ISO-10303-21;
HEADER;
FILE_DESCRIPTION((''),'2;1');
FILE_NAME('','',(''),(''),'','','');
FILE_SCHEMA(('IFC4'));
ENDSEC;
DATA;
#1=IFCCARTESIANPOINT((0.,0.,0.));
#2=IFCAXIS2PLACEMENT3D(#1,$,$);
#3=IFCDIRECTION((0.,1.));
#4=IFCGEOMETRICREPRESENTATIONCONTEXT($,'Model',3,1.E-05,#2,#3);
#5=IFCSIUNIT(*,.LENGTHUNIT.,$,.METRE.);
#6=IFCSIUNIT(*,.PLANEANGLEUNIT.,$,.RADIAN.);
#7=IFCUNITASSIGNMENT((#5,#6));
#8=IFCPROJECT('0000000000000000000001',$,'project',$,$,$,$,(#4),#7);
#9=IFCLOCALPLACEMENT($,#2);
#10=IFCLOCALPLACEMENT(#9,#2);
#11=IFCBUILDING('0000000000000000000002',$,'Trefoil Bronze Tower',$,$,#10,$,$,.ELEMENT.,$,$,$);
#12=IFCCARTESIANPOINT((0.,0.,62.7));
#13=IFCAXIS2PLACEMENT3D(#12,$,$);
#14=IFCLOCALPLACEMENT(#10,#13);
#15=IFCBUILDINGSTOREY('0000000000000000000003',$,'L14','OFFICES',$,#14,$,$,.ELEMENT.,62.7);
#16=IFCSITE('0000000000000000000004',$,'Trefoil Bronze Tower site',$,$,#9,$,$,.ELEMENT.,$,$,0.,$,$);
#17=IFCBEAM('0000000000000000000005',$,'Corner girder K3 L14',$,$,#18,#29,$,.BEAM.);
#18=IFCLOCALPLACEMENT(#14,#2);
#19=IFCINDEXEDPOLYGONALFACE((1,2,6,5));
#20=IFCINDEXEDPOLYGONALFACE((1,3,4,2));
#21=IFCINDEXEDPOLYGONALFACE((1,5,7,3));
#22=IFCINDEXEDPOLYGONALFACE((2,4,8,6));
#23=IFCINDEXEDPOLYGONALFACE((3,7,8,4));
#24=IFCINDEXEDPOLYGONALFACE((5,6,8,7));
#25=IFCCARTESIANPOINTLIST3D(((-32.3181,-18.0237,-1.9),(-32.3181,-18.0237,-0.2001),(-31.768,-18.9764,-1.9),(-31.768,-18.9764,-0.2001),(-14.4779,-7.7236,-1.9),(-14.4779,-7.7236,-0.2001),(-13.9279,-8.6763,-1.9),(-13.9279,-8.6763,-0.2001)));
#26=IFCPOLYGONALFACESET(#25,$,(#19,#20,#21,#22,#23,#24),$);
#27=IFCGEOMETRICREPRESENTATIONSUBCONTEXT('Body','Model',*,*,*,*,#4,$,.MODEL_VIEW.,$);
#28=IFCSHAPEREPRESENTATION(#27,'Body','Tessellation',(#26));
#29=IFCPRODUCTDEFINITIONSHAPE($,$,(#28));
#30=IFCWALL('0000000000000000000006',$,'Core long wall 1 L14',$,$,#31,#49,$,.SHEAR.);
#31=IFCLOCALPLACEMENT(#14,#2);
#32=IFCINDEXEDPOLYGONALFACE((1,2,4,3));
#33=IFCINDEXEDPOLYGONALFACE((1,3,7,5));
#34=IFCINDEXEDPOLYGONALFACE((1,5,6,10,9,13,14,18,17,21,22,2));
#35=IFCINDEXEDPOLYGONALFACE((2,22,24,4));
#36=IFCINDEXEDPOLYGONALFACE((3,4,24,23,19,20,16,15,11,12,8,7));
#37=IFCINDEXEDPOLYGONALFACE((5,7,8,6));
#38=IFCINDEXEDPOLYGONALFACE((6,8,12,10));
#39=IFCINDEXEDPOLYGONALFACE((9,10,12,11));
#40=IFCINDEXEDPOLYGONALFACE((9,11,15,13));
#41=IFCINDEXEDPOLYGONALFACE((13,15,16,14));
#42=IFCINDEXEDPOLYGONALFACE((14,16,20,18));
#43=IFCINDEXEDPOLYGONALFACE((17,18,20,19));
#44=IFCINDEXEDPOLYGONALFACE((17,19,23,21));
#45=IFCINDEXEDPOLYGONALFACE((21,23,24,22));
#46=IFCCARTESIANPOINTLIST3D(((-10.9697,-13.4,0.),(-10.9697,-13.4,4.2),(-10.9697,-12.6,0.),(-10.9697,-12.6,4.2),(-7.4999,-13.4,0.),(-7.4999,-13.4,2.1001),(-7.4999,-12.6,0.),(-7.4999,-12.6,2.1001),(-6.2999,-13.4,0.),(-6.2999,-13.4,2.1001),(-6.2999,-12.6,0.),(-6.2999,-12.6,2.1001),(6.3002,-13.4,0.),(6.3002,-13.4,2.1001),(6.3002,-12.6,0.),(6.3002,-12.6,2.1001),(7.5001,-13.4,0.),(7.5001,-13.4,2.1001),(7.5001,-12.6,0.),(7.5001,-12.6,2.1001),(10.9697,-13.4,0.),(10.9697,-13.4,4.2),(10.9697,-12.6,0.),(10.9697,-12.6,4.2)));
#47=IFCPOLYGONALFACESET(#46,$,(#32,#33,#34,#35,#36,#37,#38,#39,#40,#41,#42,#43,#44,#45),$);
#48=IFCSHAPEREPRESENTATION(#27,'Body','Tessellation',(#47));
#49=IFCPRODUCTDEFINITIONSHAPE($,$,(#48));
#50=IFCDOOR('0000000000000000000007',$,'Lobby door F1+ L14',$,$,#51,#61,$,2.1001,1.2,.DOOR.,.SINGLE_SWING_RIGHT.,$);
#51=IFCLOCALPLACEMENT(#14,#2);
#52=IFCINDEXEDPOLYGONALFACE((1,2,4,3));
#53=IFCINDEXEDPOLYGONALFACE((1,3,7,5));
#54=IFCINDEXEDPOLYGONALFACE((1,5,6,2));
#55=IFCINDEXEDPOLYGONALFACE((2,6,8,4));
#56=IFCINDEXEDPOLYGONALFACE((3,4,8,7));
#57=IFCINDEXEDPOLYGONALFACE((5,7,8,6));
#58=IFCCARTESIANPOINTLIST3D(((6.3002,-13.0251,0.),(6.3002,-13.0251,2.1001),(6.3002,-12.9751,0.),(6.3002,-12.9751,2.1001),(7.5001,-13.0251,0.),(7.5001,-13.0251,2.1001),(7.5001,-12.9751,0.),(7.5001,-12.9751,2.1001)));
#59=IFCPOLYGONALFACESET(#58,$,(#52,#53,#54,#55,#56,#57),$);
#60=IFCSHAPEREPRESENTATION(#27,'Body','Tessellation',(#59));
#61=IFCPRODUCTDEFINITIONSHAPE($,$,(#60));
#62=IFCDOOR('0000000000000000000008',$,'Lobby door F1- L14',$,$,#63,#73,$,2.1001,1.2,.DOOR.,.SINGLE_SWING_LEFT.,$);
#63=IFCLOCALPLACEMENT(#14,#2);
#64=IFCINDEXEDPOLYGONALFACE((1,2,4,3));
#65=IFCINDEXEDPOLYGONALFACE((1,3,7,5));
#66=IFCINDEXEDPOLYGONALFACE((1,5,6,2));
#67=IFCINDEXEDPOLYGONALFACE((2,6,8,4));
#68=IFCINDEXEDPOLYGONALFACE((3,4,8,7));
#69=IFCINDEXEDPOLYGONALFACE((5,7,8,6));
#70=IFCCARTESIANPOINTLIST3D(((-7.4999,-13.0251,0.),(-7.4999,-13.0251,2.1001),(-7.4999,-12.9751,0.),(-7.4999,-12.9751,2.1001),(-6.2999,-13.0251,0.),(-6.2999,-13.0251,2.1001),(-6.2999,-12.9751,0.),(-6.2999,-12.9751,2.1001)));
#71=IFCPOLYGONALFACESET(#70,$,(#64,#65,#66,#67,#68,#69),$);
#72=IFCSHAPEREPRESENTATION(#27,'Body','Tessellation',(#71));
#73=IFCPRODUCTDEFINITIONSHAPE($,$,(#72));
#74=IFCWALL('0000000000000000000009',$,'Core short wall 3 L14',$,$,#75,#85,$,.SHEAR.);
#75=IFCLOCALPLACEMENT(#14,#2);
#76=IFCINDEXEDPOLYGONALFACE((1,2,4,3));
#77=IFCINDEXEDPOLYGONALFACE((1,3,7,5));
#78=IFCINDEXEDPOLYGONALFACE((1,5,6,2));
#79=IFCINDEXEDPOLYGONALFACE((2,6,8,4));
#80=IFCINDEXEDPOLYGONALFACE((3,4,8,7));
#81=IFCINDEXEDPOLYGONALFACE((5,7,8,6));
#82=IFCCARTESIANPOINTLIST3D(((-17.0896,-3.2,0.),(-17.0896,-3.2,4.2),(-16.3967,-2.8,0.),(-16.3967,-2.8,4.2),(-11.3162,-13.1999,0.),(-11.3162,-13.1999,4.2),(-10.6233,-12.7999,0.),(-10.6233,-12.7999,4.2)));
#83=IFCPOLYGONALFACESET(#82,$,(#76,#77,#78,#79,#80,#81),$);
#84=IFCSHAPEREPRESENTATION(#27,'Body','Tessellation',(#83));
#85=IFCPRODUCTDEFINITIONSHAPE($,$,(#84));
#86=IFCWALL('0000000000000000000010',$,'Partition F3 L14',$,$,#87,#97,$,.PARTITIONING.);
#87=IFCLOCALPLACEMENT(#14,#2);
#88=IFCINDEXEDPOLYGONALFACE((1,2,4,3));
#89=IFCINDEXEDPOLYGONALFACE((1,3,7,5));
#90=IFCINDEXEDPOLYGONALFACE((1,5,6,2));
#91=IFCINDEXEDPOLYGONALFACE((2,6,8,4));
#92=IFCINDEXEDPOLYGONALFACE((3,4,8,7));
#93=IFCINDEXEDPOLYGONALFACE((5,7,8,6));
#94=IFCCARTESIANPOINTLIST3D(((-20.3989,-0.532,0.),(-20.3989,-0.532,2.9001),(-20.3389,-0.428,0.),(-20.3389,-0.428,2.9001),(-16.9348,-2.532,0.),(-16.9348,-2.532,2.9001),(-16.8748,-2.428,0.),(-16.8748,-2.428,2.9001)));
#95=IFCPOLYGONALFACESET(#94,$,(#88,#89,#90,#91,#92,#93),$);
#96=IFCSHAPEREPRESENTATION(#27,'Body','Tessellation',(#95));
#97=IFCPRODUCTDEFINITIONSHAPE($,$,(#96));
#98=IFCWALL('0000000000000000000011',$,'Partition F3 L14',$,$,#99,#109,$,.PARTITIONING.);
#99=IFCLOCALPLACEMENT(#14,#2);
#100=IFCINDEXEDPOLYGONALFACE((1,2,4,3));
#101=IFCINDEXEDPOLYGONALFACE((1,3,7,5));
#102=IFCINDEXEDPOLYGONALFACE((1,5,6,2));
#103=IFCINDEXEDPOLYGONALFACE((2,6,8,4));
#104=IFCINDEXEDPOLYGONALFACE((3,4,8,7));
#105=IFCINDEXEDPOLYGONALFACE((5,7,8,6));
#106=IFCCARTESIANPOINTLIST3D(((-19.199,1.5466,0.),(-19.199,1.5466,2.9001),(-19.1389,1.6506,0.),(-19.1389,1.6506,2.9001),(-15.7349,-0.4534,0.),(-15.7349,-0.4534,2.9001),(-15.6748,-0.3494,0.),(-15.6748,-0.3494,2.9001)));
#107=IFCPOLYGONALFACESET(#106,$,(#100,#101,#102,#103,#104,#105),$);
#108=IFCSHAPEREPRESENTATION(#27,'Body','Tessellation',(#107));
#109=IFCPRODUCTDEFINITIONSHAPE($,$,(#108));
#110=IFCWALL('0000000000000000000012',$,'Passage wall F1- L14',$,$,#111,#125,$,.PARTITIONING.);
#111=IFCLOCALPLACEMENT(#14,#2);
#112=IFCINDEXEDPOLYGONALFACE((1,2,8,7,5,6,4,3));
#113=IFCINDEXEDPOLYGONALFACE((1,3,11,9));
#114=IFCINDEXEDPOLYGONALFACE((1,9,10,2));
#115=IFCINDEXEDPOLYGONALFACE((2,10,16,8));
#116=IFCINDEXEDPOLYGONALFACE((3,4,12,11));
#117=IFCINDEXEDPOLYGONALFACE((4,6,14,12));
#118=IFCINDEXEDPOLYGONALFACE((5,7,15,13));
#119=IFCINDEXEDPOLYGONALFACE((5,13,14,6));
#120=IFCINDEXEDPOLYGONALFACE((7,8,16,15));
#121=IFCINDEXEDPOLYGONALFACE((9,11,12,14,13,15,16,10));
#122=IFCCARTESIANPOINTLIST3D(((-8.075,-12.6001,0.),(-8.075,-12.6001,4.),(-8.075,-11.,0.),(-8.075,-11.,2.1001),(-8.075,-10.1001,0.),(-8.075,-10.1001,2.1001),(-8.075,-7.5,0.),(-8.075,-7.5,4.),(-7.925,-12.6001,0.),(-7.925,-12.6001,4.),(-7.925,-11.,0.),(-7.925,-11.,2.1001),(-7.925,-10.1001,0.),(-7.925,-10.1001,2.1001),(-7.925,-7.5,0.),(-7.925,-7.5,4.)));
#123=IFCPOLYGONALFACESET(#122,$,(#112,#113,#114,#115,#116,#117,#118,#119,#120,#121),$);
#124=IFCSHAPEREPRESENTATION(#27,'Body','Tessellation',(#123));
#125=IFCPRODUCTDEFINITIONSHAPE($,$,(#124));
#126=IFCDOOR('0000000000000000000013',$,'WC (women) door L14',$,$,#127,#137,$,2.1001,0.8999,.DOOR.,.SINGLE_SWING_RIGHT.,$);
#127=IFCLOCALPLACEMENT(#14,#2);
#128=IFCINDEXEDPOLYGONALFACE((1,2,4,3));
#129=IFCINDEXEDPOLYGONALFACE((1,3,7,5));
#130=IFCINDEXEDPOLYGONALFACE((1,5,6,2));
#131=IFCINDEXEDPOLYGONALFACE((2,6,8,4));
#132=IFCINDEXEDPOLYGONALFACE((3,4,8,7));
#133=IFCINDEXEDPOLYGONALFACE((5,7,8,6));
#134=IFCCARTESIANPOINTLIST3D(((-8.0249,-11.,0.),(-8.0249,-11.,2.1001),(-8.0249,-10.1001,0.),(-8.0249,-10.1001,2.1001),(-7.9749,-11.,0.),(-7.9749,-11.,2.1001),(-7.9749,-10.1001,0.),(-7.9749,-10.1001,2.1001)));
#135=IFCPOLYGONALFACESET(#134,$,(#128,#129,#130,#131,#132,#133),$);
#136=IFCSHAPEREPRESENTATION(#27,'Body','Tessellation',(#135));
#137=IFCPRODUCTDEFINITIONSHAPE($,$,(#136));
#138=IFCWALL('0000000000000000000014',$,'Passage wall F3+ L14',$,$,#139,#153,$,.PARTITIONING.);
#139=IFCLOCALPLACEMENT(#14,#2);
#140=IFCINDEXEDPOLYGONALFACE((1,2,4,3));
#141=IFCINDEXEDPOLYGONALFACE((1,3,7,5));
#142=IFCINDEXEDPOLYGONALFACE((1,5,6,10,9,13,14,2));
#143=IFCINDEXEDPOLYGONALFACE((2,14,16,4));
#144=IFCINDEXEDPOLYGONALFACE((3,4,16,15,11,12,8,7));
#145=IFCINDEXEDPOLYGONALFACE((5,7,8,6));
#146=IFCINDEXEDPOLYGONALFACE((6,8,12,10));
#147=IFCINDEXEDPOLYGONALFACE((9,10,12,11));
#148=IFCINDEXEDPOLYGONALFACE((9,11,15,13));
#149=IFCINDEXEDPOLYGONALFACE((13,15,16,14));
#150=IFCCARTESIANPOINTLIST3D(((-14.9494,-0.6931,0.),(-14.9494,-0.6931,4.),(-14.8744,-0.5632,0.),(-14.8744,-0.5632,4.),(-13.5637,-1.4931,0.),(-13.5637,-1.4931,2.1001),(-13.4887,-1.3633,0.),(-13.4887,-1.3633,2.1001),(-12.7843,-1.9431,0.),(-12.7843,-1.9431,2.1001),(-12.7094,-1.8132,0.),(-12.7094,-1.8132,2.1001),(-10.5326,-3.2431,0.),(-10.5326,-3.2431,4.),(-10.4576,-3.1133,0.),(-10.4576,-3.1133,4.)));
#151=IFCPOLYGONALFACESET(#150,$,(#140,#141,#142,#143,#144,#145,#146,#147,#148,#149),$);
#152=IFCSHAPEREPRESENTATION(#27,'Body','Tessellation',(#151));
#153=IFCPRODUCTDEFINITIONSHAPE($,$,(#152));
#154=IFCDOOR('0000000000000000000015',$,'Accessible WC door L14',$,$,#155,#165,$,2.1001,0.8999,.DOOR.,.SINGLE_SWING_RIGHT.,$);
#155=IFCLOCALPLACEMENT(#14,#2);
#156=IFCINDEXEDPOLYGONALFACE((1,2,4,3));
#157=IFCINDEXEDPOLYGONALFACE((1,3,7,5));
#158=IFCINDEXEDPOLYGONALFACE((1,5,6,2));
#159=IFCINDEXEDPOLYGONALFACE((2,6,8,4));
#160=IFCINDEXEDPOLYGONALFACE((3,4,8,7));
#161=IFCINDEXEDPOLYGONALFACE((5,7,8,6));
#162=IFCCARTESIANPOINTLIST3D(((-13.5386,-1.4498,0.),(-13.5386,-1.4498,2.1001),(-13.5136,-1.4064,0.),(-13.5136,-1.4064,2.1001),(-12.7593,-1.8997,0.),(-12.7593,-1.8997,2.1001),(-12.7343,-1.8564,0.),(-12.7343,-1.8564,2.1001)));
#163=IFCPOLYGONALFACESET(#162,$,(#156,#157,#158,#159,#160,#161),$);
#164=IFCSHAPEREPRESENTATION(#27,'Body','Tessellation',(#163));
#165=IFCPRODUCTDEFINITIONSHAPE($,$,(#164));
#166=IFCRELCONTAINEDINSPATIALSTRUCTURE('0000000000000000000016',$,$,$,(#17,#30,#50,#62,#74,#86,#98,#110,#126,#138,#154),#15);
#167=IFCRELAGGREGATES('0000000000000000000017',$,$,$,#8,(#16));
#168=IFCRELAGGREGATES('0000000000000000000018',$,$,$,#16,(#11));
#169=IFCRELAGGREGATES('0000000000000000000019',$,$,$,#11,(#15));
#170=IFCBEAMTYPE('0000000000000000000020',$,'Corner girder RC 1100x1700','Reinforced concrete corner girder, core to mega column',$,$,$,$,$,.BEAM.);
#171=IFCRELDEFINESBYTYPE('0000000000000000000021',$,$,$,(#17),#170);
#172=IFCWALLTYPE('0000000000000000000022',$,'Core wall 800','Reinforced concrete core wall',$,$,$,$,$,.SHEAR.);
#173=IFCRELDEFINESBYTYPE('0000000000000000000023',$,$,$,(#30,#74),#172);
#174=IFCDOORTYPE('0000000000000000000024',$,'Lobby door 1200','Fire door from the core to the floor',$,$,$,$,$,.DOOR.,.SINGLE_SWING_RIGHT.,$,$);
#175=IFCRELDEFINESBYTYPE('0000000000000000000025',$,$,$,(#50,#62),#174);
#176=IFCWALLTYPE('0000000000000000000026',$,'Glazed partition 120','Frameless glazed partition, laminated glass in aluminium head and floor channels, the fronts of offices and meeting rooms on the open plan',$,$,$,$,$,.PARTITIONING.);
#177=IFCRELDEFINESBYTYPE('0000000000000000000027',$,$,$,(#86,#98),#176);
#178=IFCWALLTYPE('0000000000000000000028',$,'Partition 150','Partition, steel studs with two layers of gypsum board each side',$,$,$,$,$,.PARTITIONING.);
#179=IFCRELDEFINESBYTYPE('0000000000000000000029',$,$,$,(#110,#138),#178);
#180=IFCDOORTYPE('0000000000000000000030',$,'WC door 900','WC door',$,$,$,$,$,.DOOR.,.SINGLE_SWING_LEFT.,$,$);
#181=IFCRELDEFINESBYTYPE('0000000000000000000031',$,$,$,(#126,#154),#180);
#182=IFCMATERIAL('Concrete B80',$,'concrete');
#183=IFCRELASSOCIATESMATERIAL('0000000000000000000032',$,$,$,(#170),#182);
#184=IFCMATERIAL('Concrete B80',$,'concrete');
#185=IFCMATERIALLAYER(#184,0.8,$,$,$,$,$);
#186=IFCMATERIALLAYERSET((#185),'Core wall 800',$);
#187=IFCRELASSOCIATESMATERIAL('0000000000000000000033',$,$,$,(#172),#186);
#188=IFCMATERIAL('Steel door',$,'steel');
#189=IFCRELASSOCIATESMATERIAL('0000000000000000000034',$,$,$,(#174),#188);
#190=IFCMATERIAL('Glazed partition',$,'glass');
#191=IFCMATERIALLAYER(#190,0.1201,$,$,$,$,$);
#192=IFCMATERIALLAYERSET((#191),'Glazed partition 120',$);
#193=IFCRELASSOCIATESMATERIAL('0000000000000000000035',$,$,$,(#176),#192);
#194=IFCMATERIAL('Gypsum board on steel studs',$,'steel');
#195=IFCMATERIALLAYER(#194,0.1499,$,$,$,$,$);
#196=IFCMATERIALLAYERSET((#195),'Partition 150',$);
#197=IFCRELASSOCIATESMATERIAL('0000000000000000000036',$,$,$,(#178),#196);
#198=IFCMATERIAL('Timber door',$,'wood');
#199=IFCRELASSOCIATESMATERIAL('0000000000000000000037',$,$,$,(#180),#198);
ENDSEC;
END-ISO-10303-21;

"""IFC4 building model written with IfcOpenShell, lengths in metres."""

from ifc_helpers import new_model, si_unit, direction, frame, frame_2d, origin, origin_2d, place, context, subcontext, project, spatial, rectangle, extrude, material, layer, layer_set, material_profile, profile_set, type_object, element, fill, save


model = new_model("IFC4")

# Units and contexts
model_context = context("Model", 3, precision=1e-05, world=origin(), true_north=direction((0.0, 1.0)))
body_context = subcontext(model_context, "Body", "Model", "MODEL_VIEW")
ifc_project = project(units=[si_unit("LENGTHUNIT", "METRE"), si_unit("PLANEANGLEUNIT", "RADIAN")], contexts=[model_context])

# Site, building, storey
site_placement = place(None, origin())
site = spatial("IfcSite", under=ifc_project, at=site_placement, Name="Trefoil Bronze Tower site", CompositionType="ELEMENT", RefElevation=0.0)
building_placement = place(site_placement, origin())
building = spatial("IfcBuilding", under=site, at=building_placement, Name="Trefoil Bronze Tower", CompositionType="ELEMENT")
storey_placement = place(building_placement, frame((0.0, 0.0, 62.7)))
storey = spatial("IfcBuildingStorey", under=building, at=storey_placement, Name="L14", Description="OFFICES", CompositionType="ELEMENT", Elevation=62.7)

# Beam
ifc_material_1 = material(Name="Concrete B80", Category="concrete")
ifc_material_profile_1 = material_profile(ifc_material_1, rectangle(XDim=1.1001, YDim=1.7, at=origin_2d()), Name="RC 1100x1700")
ifc_profile_set_1 = profile_set([ifc_material_profile_1], Name="Concrete B80")
beam_type_1 = type_object("IfcBeamType", Name="Corner girder RC 1100x1700", Description="Reinforced concrete corner girder, core to mega column", PredefinedType="BEAM", material=ifc_profile_set_1)
beam_placement = place(storey_placement, frame((-14.2029, -8.2, -1.05), z_axis=(-0.866024, -0.500003, 0.0), x_axis=(0.500003, -0.866024, 0.0)))
element("IfcBeam", 1, at=beam_placement, inside=storey, type_object=beam_type_1, Name="Corner girder K3 L14", PredefinedType="BEAM", context=body_context, shape_type="SweptSolid", body=[
    extrude(rectangle(XDim=1.1001, YDim=1.7, at=origin_2d()), origin(), (0.0, 0.0, 1.0), 20.6001),
])

# Wall, openings, doors
ifc_material_2 = material(Name="Concrete B80", Category="concrete")
ifc_layer_1 = layer(ifc_material_2, 0.8)
ifc_layer_set_1 = layer_set([ifc_layer_1], Name="Core wall 800")
wall_type_1 = type_object("IfcWallType", Name="Core wall 800", Description="Reinforced concrete core wall", PredefinedType="SHEAR", material=ifc_layer_set_1)
wall_1_placement = place(storey_placement, frame((-10.9697, -13.0, 0.0), z_axis=(0.0, 0.0, 1.0), x_axis=(1.0, 0.0, 0.0)))
wall_1 = element("IfcWall", 2, at=wall_1_placement, inside=storey, type_object=wall_type_1, Name="Core long wall 1 L14", PredefinedType="SHEAR", context=body_context, shape_type="SweptSolid", body=[
    extrude(rectangle(XDim=21.9395, YDim=0.8, at=frame_2d((10.9697, 0.0))), origin(), (0.0, 0.0, 1.0), 4.2),
])
opening_1_placement = place(wall_1_placement, frame((17.2698, 0.0, 0.0)))
opening_1 = element("IfcOpeningElement", 3, at=opening_1_placement, cuts=wall_1, PredefinedType="OPENING", context=body_context, shape_type="SweptSolid", body=[
    extrude(rectangle(XDim=1.2, YDim=2.1001, at=frame_2d((0.6001, 1.05))), frame((0.0, 0.4099, 0.0), z_axis=(0.0, -1.0, 0.0), x_axis=(1.0, 0.0, 0.0)), (0.0, 0.0, 1.0), 0.8201),
])
opening_2_placement = place(wall_1_placement, frame((3.4697, 0.0, 0.0)))
opening_2 = element("IfcOpeningElement", 4, at=opening_2_placement, cuts=wall_1, PredefinedType="OPENING", context=body_context, shape_type="SweptSolid", body=[
    extrude(rectangle(XDim=1.2, YDim=2.1001, at=frame_2d((0.6001, 1.05))), frame((0.0, 0.4099, 0.0), z_axis=(0.0, -1.0, 0.0), x_axis=(1.0, 0.0, 0.0)), (0.0, 0.0, 1.0), 0.8201),
])
ifc_material_3 = material(Name="Steel door", Category="steel")
door_type_1 = type_object("IfcDoorType", Name="Lobby door 1200", Description="Fire door from the core to the floor", OperationType="SINGLE_SWING_RIGHT", PredefinedType="DOOR", material=ifc_material_3)
door_1_placement = place(opening_1_placement, origin())
door_1 = element("IfcDoor", 5, at=door_1_placement, inside=storey, type_object=door_type_1, Name="Lobby door F1+ L14", OperationType="SINGLE_SWING_RIGHT", OverallHeight=2.1001, OverallWidth=1.2, PredefinedType="DOOR", context=body_context, shape_type="SweptSolid", body=[
    extrude(rectangle(XDim=1.2, YDim=2.1001, at=frame_2d((0.6001, 1.05))), frame((0.0, 0.0249, 0.0), z_axis=(0.0, -1.0, 0.0), x_axis=(1.0, 0.0, 0.0)), (0.0, 0.0, 1.0), 0.05),
])
fill(opening_1, door_1)
door_2_placement = place(opening_2_placement, origin())
door_2 = element("IfcDoor", 6, at=door_2_placement, inside=storey, type_object=door_type_1, Name="Lobby door F1- L14", OperationType="SINGLE_SWING_LEFT", OverallHeight=2.1001, OverallWidth=1.2, PredefinedType="DOOR", context=body_context, shape_type="SweptSolid", body=[
    extrude(rectangle(XDim=1.2, YDim=2.1001, at=frame_2d((0.6001, 1.05))), frame((0.0, 0.0249, 0.0), z_axis=(0.0, -1.0, 0.0), x_axis=(1.0, 0.0, 0.0)), (0.0, 0.0, 1.0), 0.05),
])
fill(opening_2, door_2)

# Walls
wall_2_placement = place(storey_placement, frame((-16.7432, -3.0, 0.0), z_axis=(0.0, 0.0, 1.0), x_axis=(0.499996, -0.866028, 0.0)))
element("IfcWall", 7, at=wall_2_placement, inside=storey, type_object=wall_type_1, Name="Core short wall 3 L14", PredefinedType="SHEAR", context=body_context, shape_type="SweptSolid", body=[
    extrude(rectangle(XDim=11.5469, YDim=0.8, at=frame_2d((5.7734, 0.0))), origin(), (0.0, 0.0, 1.0), 4.2),
])
ifc_material_4 = material(Name="Glazed partition", Category="glass")
ifc_layer_2 = layer(ifc_material_4, 0.1201)
ifc_layer_set_2 = layer_set([ifc_layer_2], Name="Glazed partition 120")
wall_type_2 = type_object("IfcWallType", Name="Glazed partition 120", Description="Frameless glazed partition, laminated glass in aluminium head and floor channels, the fronts of offices and meeting rooms on the open plan", PredefinedType="PARTITIONING", material=ifc_layer_set_2)
for number, where, z_axis, x_axis, name in (
    (8, (-16.9048, -2.48, 0.0), (0.0, 0.0, 1.0), (-0.866026, 0.499999, 0.0), "Partition F3 L14"),
    (9, (-15.7048, -0.4014, 0.0), (0.0, 0.0, 1.0), (-0.866026, 0.499999, 0.0), "Partition F3 L14"),
):
    element("IfcWall", number, at=place(storey_placement, frame(where, z_axis=z_axis, x_axis=x_axis)), inside=storey, type_object=wall_type_2, Name=name, PredefinedType="PARTITIONING", context=body_context, shape_type="SweptSolid", body=[
        extrude(rectangle(XDim=4.0, YDim=0.1201, at=frame_2d((2.0, 0.0))), origin(), (0.0, 0.0, 1.0), 2.9001),
    ])

# Walls, openings, doors
ifc_material_5 = material(Name="Gypsum board on steel studs", Category="steel")
ifc_layer_3 = layer(ifc_material_5, 0.1499)
ifc_layer_set_3 = layer_set([ifc_layer_3], Name="Partition 150")
wall_type_3 = type_object("IfcWallType", Name="Partition 150", Description="Partition, steel studs with two layers of gypsum board each side", PredefinedType="PARTITIONING", material=ifc_layer_set_3)
wall_3_placement = place(storey_placement, frame((-8.0, -7.5, 0.0), z_axis=(0.0, 0.0, 1.0), x_axis=(0.0, -1.0, 0.0)))
wall_3 = element("IfcWall", 10, at=wall_3_placement, inside=storey, type_object=wall_type_3, Name="Passage wall F1- L14", PredefinedType="PARTITIONING", context=body_context, shape_type="SweptSolid", body=[
    extrude(rectangle(XDim=5.1001, YDim=0.1499, at=frame_2d((2.55, 0.0))), origin(), (0.0, 0.0, 1.0), 4.0),
])
opening_3_placement = place(wall_3_placement, frame((2.6001, 0.0, 0.0)))
opening_3 = element("IfcOpeningElement", 11, at=opening_3_placement, cuts=wall_3, PredefinedType="OPENING", context=body_context, shape_type="SweptSolid", body=[
    extrude(rectangle(XDim=0.8999, YDim=2.1001, at=frame_2d((0.45, 1.05))), frame((0.0, 0.085, 0.0), z_axis=(0.0, -1.0, 0.0), x_axis=(1.0, 0.0, 0.0)), (0.0, 0.0, 1.0), 0.1699),
])
ifc_material_6 = material(Name="Timber door", Category="wood")
door_type_2 = type_object("IfcDoorType", Name="WC door 900", Description="WC door", OperationType="SINGLE_SWING_LEFT", PredefinedType="DOOR", material=ifc_material_6)
door_3_placement = place(opening_3_placement, frame((0.8999, 0.0, 0.0), z_axis=(0.0, 0.0, 1.0), x_axis=(-1.0, 0.0, 0.0)))
door_3 = element("IfcDoor", 12, at=door_3_placement, inside=storey, type_object=door_type_2, Name="WC (women) door L14", OperationType="SINGLE_SWING_RIGHT", OverallHeight=2.1001, OverallWidth=0.8999, PredefinedType="DOOR", context=body_context, shape_type="SweptSolid", body=[
    extrude(rectangle(XDim=0.8999, YDim=2.1001, at=frame_2d((0.45, 1.05))), frame((0.0, 0.0249, 0.0), z_axis=(0.0, -1.0, 0.0), x_axis=(1.0, 0.0, 0.0)), (0.0, 0.0, 1.0), 0.05),
])
fill(opening_3, door_3)
wall_4_placement = place(storey_placement, frame((-10.4951, -3.1782, 0.0), z_axis=(0.0, 0.0, 1.0), x_axis=(-0.866022, 0.500006, 0.0)))
wall_4 = element("IfcWall", 13, at=wall_4_placement, inside=storey, type_object=wall_type_3, Name="Passage wall F3+ L14", PredefinedType="PARTITIONING", context=body_context, shape_type="SweptSolid", body=[
    extrude(rectangle(XDim=5.1001, YDim=0.1499, at=frame_2d((2.55, 0.0))), origin(), (0.0, 0.0, 1.0), 4.0),
])
opening_4_placement = place(wall_4_placement, frame((2.6001, 0.0, 0.0)))
opening_4 = element("IfcOpeningElement", 14, at=opening_4_placement, cuts=wall_4, PredefinedType="OPENING", context=body_context, shape_type="SweptSolid", body=[
    extrude(rectangle(XDim=0.8999, YDim=2.1001, at=frame_2d((0.45, 1.05))), frame((0.0, 0.085, 0.0), z_axis=(0.0, -1.0, 0.0), x_axis=(1.0, 0.0, 0.0)), (0.0, 0.0, 1.0), 0.1699),
])
door_4_placement = place(opening_4_placement, origin())
door_4 = element("IfcDoor", 15, at=door_4_placement, inside=storey, type_object=door_type_2, Name="Accessible WC door L14", OperationType="SINGLE_SWING_RIGHT", OverallHeight=2.1001, OverallWidth=0.8999, PredefinedType="DOOR", context=body_context, shape_type="SweptSolid", body=[
    extrude(rectangle(XDim=0.8999, YDim=2.1001, at=frame_2d((0.45, 1.05))), frame((0.0, 0.0249, 0.0), z_axis=(0.0, -1.0, 0.0), x_axis=(1.0, 0.0, 0.0)), (0.0, 0.0, 1.0), 0.05),
])
fill(opening_4, door_4)

save(model, "model.ifc")
